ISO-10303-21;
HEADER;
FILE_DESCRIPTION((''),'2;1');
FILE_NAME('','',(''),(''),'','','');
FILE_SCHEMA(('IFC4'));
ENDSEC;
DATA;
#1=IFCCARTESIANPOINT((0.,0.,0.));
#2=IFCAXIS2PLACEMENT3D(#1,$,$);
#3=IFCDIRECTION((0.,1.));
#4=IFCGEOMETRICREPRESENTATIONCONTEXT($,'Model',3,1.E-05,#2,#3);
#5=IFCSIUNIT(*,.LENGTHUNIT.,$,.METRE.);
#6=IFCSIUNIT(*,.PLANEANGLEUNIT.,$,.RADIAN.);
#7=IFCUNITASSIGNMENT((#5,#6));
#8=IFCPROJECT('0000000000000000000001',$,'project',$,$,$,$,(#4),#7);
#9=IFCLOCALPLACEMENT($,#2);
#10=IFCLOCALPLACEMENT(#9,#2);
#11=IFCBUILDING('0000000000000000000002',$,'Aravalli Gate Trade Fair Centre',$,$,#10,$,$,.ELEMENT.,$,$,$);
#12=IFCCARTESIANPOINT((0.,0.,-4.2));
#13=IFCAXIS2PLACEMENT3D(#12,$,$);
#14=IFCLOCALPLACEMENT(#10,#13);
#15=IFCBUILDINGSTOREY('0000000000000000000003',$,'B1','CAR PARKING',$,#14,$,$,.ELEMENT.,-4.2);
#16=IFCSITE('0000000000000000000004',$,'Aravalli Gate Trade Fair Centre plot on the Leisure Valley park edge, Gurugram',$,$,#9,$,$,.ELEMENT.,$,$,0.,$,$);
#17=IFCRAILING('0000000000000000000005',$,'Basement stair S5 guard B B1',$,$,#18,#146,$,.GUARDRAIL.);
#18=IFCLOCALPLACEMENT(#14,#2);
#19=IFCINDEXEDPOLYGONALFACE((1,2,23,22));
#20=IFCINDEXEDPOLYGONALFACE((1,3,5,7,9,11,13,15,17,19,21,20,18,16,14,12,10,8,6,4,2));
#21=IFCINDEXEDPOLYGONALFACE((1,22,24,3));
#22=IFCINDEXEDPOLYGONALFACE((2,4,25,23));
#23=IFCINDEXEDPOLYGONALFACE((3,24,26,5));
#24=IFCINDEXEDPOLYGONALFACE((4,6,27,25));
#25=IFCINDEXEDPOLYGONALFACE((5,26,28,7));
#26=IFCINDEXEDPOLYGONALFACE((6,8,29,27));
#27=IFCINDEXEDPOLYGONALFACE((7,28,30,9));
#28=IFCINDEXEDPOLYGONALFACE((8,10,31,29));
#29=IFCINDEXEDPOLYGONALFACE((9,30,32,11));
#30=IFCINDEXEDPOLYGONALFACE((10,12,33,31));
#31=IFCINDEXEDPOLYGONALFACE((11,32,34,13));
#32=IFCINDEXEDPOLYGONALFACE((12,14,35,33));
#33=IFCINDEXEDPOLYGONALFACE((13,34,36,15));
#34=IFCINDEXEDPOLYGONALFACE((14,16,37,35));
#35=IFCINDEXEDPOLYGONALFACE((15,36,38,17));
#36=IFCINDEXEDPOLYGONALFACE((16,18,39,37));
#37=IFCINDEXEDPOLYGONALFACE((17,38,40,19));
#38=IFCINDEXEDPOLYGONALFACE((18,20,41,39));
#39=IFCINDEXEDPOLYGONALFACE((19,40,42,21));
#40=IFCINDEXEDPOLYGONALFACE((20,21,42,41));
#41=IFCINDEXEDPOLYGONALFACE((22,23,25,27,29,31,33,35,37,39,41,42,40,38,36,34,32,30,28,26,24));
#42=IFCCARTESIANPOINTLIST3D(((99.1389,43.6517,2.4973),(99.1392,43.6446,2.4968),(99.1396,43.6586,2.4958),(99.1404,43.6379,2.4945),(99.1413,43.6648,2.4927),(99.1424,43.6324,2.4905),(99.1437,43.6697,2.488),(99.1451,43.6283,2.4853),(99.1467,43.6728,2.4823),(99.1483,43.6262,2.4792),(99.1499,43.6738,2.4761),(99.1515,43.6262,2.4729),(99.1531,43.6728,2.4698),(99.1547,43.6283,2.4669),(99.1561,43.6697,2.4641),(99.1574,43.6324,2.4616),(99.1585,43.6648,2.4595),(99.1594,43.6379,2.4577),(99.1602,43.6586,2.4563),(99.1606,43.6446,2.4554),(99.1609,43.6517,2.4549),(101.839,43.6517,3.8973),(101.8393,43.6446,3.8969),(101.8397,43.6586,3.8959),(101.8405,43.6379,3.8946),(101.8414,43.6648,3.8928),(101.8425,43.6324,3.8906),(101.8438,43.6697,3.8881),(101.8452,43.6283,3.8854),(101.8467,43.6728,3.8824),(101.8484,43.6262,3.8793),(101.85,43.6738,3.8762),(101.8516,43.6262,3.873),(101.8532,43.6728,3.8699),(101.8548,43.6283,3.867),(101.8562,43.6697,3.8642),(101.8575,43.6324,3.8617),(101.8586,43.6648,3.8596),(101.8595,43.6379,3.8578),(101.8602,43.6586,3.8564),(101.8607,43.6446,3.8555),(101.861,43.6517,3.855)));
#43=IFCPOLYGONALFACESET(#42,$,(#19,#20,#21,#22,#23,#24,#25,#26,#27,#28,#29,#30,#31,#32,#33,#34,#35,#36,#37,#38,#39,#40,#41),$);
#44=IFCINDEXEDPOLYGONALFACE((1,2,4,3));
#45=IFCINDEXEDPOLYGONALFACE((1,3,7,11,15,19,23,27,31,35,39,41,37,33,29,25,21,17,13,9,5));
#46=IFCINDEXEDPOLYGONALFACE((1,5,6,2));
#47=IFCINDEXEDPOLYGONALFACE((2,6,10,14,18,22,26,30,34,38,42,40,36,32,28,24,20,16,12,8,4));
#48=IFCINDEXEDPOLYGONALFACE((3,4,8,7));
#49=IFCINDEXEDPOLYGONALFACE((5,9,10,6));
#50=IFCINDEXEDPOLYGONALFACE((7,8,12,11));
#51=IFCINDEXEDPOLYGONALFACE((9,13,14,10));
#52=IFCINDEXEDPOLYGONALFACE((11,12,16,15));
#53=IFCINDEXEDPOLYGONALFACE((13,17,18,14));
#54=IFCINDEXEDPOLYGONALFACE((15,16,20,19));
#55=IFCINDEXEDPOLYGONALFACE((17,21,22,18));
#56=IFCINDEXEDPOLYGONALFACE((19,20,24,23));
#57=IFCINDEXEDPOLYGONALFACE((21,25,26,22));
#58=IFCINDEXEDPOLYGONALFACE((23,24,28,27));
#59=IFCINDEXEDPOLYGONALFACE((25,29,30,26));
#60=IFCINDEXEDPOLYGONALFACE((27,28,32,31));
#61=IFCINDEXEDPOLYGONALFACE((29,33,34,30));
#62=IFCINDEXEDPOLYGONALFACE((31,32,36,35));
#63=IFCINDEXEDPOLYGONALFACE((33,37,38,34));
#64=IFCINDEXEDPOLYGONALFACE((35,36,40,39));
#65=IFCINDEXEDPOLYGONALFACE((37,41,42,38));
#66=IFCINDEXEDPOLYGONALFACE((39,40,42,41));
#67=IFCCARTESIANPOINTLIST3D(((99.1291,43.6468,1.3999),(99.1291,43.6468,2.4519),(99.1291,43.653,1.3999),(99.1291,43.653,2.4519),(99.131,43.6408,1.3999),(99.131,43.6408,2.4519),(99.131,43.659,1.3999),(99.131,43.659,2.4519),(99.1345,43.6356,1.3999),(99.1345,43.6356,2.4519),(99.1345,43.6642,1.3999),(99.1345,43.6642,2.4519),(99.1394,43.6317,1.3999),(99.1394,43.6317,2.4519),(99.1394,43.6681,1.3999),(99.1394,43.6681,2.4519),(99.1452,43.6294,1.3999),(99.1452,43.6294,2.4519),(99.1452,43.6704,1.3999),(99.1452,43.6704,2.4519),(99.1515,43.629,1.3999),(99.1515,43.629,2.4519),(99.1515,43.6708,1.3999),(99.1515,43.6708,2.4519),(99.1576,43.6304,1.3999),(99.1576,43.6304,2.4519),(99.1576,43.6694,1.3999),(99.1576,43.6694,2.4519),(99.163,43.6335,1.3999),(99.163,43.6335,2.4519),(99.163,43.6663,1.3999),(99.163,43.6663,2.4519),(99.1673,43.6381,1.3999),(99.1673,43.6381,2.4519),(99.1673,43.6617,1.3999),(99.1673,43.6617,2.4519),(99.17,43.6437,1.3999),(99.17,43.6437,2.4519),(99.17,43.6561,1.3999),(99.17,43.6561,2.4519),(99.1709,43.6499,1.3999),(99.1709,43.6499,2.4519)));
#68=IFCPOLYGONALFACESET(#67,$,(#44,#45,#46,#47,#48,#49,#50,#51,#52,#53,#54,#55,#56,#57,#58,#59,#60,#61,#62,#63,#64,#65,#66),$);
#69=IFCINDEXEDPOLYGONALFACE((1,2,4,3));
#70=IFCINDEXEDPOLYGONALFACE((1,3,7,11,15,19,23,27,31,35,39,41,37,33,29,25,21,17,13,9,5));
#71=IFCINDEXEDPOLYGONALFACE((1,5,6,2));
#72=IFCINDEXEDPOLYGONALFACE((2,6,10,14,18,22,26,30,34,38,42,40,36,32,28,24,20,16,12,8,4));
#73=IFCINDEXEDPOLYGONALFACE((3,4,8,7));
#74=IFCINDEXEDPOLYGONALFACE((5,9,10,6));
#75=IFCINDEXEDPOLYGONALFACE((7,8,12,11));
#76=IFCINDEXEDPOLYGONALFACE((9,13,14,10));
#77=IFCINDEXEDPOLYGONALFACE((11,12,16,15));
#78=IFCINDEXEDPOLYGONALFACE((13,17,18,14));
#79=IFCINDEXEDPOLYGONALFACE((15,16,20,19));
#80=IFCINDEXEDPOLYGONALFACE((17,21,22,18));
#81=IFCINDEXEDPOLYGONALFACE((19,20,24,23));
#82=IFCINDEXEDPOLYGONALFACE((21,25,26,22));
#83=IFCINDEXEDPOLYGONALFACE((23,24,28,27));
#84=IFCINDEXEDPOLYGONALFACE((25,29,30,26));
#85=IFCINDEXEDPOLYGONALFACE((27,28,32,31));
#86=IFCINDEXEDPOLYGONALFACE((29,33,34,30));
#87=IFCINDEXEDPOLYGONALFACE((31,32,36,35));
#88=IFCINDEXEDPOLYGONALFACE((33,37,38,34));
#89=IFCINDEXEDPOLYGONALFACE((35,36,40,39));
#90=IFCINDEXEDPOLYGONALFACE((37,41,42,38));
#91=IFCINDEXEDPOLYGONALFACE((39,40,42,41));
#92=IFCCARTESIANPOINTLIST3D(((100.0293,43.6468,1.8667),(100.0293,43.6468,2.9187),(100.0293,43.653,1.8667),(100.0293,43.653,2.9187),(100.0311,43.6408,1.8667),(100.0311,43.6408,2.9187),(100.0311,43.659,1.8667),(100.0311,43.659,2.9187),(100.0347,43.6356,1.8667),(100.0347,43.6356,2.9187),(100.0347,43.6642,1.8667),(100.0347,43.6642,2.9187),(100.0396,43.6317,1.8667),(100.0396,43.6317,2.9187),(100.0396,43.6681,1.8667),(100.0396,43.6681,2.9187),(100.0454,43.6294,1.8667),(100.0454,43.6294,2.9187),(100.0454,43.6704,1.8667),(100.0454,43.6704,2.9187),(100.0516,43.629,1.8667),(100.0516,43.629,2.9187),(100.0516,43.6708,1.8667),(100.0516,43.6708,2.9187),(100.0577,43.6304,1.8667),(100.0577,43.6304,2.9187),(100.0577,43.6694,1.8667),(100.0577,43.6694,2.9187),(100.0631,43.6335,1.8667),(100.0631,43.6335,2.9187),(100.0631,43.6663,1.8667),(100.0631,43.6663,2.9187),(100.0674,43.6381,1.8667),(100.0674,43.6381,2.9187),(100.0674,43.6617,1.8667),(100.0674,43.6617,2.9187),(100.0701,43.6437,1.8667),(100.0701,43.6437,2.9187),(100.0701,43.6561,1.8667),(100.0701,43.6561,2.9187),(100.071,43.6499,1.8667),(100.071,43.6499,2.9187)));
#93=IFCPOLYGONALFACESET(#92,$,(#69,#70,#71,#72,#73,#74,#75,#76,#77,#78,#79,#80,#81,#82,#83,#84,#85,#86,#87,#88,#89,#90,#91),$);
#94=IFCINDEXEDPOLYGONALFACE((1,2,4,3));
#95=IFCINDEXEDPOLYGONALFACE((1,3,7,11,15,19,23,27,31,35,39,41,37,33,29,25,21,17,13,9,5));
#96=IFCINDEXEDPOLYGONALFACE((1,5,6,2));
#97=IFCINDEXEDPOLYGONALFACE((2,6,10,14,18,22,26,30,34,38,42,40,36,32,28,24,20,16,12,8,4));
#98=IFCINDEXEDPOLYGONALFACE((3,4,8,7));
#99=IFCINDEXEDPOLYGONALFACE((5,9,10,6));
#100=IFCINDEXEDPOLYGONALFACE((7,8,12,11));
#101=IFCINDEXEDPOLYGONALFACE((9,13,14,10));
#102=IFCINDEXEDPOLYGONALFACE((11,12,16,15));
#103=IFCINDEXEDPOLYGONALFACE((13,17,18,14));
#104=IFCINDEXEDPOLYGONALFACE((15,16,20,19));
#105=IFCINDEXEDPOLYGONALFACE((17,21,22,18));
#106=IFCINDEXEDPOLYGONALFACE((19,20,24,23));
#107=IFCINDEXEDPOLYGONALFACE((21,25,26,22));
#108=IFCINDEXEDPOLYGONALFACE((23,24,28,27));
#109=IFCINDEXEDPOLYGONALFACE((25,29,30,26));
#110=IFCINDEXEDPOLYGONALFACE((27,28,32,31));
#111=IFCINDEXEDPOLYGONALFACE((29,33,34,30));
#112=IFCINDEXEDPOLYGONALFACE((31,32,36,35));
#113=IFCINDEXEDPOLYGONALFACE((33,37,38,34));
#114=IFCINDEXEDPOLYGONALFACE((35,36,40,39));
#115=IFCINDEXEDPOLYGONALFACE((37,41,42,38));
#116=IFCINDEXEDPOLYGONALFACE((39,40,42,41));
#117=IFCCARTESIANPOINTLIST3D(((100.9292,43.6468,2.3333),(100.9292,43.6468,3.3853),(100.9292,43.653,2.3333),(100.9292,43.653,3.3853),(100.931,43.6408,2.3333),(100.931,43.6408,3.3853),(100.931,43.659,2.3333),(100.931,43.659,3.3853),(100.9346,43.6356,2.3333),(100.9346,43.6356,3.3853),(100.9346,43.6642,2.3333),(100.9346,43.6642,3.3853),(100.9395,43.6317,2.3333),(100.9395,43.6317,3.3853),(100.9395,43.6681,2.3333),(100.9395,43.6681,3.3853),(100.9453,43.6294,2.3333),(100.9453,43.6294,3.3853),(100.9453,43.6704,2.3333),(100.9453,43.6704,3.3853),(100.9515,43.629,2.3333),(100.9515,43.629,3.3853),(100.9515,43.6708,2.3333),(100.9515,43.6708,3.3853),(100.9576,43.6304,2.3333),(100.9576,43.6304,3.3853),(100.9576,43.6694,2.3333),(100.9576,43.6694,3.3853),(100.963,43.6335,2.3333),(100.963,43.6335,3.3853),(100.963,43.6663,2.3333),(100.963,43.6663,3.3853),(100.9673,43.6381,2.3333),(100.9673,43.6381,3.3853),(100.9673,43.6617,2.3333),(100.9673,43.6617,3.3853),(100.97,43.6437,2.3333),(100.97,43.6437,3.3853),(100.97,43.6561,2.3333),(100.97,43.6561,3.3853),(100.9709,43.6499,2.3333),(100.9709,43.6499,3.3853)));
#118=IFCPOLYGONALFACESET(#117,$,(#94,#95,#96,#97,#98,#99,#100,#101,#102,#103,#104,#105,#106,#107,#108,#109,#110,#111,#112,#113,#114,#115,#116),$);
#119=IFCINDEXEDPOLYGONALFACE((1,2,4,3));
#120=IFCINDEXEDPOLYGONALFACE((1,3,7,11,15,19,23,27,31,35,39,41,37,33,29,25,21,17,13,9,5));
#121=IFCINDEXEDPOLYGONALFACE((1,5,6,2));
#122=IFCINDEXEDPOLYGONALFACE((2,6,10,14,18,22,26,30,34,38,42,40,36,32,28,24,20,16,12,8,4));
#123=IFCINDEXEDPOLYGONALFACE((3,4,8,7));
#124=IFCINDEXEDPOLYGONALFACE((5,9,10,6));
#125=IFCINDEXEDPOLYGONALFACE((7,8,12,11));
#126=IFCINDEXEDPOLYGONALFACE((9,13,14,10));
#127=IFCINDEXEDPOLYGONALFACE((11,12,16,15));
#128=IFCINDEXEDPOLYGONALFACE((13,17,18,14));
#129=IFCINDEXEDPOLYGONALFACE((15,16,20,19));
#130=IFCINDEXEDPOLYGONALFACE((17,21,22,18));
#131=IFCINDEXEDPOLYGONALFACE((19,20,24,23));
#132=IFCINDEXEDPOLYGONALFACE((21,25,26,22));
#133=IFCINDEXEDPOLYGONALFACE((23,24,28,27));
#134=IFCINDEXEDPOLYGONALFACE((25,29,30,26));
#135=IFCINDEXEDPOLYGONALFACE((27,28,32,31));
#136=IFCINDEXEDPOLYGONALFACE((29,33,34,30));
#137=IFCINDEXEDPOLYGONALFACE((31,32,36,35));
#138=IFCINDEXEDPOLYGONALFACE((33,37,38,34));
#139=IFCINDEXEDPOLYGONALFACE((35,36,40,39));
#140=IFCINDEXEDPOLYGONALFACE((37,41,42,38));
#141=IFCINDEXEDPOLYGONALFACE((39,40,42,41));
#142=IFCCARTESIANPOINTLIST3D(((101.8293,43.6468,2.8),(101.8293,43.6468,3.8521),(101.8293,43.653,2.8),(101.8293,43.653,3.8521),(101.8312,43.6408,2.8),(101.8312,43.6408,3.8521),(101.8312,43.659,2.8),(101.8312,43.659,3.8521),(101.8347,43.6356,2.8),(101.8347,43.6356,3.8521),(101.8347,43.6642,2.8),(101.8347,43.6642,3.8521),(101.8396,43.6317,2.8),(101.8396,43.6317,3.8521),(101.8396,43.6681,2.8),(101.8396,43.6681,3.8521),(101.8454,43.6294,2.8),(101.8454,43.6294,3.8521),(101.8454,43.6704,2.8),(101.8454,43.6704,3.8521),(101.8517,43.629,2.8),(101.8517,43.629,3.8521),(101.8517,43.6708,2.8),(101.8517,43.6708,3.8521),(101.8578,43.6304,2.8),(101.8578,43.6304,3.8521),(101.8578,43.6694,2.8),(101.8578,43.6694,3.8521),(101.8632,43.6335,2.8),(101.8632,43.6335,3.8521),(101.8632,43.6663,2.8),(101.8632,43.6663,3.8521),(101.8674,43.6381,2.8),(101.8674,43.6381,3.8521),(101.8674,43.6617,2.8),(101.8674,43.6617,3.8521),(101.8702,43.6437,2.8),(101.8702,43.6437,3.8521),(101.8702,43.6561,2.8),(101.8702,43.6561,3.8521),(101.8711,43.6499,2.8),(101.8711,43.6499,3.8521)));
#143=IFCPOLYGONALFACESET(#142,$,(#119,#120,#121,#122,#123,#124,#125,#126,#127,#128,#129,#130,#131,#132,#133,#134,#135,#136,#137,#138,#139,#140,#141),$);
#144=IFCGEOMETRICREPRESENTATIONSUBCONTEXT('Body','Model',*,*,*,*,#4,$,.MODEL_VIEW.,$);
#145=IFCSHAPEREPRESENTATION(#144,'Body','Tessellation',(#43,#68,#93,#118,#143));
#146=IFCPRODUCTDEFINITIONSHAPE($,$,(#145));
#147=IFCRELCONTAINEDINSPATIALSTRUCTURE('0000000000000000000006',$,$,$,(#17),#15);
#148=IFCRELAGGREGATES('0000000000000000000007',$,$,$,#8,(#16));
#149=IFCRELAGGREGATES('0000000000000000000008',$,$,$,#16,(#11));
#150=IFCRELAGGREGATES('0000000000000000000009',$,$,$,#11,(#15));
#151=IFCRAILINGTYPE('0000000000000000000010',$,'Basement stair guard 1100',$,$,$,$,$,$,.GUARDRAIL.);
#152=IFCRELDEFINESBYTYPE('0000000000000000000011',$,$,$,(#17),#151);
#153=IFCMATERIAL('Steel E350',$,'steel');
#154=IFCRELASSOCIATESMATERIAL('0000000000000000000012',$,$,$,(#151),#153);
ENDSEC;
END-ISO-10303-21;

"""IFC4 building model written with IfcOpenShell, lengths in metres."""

from ifc_helpers import new_model, si_unit, direction, frame, origin, origin_2d, place, context, subcontext, project, spatial, circle, extrude, material, type_object, element, save


model = new_model("IFC4")

# Units and contexts
model_context = context("Model", 3, precision=1e-05, world=origin(), true_north=direction((0.0, 1.0)))
body_context = subcontext(model_context, "Body", "Model", "MODEL_VIEW")
ifc_project = project(units=[si_unit("LENGTHUNIT", "METRE"), si_unit("PLANEANGLEUNIT", "RADIAN")], contexts=[model_context])

# Site, building, storey
site_placement = place(None, origin())
site = spatial("IfcSite", under=ifc_project, at=site_placement, Name="Aravalli Gate Trade Fair Centre plot on the Leisure Valley park edge, Gurugram", CompositionType="ELEMENT", RefElevation=0.0)
building_placement = place(site_placement, origin())
building = spatial("IfcBuilding", under=site, at=building_placement, Name="Aravalli Gate Trade Fair Centre", CompositionType="ELEMENT")
storey_placement = place(building_placement, frame((0.0, 0.0, -4.2)))
storey = spatial("IfcBuildingStorey", under=building, at=storey_placement, Name="B1", Description="CAR PARKING", CompositionType="ELEMENT", Elevation=-4.2)

# Railing
ifc_material_1 = material(Name="Steel E350", Category="steel")
railing_type_1 = type_object("IfcRailingType", Name="Basement stair guard 1100", PredefinedType="GUARDRAIL", material=ifc_material_1)
railing_1_placement = place(storey_placement, frame((99.1499, 43.6499, 1.3999)))
element("IfcRailing", 1, at=railing_1_placement, inside=storey, type_object=railing_type_1, Name="Basement stair S5 guard B B1", PredefinedType="GUARDRAIL", context=body_context, shape_type="SweptSolid", body=[
    extrude(circle(Radius=0.0239, at=origin_2d()), frame((0.0, 0.0, 1.0762), z_axis=(0.887748, 0.0, 0.460329), x_axis=(0.0, 1.0, 0.0)), (0.0, 0.0, 1.0), 3.0415),
    extrude(circle(Radius=0.021, at=origin_2d()), origin(), (0.0, 0.0, 1.0), 1.052),
    extrude(circle(Radius=0.021, at=origin_2d()), frame((0.9001, 0.0, 0.4668)), (0.0, 0.0, 1.0), 1.052),
    extrude(circle(Radius=0.021, at=origin_2d()), frame((1.8, 0.0, 0.9333)), (0.0, 0.0, 1.0), 1.052),
    extrude(circle(Radius=0.021, at=origin_2d()), frame((2.7002, 0.0, 1.4001)), (0.0, 0.0, 1.0), 1.052),
])

save(model, "model.ifc")
